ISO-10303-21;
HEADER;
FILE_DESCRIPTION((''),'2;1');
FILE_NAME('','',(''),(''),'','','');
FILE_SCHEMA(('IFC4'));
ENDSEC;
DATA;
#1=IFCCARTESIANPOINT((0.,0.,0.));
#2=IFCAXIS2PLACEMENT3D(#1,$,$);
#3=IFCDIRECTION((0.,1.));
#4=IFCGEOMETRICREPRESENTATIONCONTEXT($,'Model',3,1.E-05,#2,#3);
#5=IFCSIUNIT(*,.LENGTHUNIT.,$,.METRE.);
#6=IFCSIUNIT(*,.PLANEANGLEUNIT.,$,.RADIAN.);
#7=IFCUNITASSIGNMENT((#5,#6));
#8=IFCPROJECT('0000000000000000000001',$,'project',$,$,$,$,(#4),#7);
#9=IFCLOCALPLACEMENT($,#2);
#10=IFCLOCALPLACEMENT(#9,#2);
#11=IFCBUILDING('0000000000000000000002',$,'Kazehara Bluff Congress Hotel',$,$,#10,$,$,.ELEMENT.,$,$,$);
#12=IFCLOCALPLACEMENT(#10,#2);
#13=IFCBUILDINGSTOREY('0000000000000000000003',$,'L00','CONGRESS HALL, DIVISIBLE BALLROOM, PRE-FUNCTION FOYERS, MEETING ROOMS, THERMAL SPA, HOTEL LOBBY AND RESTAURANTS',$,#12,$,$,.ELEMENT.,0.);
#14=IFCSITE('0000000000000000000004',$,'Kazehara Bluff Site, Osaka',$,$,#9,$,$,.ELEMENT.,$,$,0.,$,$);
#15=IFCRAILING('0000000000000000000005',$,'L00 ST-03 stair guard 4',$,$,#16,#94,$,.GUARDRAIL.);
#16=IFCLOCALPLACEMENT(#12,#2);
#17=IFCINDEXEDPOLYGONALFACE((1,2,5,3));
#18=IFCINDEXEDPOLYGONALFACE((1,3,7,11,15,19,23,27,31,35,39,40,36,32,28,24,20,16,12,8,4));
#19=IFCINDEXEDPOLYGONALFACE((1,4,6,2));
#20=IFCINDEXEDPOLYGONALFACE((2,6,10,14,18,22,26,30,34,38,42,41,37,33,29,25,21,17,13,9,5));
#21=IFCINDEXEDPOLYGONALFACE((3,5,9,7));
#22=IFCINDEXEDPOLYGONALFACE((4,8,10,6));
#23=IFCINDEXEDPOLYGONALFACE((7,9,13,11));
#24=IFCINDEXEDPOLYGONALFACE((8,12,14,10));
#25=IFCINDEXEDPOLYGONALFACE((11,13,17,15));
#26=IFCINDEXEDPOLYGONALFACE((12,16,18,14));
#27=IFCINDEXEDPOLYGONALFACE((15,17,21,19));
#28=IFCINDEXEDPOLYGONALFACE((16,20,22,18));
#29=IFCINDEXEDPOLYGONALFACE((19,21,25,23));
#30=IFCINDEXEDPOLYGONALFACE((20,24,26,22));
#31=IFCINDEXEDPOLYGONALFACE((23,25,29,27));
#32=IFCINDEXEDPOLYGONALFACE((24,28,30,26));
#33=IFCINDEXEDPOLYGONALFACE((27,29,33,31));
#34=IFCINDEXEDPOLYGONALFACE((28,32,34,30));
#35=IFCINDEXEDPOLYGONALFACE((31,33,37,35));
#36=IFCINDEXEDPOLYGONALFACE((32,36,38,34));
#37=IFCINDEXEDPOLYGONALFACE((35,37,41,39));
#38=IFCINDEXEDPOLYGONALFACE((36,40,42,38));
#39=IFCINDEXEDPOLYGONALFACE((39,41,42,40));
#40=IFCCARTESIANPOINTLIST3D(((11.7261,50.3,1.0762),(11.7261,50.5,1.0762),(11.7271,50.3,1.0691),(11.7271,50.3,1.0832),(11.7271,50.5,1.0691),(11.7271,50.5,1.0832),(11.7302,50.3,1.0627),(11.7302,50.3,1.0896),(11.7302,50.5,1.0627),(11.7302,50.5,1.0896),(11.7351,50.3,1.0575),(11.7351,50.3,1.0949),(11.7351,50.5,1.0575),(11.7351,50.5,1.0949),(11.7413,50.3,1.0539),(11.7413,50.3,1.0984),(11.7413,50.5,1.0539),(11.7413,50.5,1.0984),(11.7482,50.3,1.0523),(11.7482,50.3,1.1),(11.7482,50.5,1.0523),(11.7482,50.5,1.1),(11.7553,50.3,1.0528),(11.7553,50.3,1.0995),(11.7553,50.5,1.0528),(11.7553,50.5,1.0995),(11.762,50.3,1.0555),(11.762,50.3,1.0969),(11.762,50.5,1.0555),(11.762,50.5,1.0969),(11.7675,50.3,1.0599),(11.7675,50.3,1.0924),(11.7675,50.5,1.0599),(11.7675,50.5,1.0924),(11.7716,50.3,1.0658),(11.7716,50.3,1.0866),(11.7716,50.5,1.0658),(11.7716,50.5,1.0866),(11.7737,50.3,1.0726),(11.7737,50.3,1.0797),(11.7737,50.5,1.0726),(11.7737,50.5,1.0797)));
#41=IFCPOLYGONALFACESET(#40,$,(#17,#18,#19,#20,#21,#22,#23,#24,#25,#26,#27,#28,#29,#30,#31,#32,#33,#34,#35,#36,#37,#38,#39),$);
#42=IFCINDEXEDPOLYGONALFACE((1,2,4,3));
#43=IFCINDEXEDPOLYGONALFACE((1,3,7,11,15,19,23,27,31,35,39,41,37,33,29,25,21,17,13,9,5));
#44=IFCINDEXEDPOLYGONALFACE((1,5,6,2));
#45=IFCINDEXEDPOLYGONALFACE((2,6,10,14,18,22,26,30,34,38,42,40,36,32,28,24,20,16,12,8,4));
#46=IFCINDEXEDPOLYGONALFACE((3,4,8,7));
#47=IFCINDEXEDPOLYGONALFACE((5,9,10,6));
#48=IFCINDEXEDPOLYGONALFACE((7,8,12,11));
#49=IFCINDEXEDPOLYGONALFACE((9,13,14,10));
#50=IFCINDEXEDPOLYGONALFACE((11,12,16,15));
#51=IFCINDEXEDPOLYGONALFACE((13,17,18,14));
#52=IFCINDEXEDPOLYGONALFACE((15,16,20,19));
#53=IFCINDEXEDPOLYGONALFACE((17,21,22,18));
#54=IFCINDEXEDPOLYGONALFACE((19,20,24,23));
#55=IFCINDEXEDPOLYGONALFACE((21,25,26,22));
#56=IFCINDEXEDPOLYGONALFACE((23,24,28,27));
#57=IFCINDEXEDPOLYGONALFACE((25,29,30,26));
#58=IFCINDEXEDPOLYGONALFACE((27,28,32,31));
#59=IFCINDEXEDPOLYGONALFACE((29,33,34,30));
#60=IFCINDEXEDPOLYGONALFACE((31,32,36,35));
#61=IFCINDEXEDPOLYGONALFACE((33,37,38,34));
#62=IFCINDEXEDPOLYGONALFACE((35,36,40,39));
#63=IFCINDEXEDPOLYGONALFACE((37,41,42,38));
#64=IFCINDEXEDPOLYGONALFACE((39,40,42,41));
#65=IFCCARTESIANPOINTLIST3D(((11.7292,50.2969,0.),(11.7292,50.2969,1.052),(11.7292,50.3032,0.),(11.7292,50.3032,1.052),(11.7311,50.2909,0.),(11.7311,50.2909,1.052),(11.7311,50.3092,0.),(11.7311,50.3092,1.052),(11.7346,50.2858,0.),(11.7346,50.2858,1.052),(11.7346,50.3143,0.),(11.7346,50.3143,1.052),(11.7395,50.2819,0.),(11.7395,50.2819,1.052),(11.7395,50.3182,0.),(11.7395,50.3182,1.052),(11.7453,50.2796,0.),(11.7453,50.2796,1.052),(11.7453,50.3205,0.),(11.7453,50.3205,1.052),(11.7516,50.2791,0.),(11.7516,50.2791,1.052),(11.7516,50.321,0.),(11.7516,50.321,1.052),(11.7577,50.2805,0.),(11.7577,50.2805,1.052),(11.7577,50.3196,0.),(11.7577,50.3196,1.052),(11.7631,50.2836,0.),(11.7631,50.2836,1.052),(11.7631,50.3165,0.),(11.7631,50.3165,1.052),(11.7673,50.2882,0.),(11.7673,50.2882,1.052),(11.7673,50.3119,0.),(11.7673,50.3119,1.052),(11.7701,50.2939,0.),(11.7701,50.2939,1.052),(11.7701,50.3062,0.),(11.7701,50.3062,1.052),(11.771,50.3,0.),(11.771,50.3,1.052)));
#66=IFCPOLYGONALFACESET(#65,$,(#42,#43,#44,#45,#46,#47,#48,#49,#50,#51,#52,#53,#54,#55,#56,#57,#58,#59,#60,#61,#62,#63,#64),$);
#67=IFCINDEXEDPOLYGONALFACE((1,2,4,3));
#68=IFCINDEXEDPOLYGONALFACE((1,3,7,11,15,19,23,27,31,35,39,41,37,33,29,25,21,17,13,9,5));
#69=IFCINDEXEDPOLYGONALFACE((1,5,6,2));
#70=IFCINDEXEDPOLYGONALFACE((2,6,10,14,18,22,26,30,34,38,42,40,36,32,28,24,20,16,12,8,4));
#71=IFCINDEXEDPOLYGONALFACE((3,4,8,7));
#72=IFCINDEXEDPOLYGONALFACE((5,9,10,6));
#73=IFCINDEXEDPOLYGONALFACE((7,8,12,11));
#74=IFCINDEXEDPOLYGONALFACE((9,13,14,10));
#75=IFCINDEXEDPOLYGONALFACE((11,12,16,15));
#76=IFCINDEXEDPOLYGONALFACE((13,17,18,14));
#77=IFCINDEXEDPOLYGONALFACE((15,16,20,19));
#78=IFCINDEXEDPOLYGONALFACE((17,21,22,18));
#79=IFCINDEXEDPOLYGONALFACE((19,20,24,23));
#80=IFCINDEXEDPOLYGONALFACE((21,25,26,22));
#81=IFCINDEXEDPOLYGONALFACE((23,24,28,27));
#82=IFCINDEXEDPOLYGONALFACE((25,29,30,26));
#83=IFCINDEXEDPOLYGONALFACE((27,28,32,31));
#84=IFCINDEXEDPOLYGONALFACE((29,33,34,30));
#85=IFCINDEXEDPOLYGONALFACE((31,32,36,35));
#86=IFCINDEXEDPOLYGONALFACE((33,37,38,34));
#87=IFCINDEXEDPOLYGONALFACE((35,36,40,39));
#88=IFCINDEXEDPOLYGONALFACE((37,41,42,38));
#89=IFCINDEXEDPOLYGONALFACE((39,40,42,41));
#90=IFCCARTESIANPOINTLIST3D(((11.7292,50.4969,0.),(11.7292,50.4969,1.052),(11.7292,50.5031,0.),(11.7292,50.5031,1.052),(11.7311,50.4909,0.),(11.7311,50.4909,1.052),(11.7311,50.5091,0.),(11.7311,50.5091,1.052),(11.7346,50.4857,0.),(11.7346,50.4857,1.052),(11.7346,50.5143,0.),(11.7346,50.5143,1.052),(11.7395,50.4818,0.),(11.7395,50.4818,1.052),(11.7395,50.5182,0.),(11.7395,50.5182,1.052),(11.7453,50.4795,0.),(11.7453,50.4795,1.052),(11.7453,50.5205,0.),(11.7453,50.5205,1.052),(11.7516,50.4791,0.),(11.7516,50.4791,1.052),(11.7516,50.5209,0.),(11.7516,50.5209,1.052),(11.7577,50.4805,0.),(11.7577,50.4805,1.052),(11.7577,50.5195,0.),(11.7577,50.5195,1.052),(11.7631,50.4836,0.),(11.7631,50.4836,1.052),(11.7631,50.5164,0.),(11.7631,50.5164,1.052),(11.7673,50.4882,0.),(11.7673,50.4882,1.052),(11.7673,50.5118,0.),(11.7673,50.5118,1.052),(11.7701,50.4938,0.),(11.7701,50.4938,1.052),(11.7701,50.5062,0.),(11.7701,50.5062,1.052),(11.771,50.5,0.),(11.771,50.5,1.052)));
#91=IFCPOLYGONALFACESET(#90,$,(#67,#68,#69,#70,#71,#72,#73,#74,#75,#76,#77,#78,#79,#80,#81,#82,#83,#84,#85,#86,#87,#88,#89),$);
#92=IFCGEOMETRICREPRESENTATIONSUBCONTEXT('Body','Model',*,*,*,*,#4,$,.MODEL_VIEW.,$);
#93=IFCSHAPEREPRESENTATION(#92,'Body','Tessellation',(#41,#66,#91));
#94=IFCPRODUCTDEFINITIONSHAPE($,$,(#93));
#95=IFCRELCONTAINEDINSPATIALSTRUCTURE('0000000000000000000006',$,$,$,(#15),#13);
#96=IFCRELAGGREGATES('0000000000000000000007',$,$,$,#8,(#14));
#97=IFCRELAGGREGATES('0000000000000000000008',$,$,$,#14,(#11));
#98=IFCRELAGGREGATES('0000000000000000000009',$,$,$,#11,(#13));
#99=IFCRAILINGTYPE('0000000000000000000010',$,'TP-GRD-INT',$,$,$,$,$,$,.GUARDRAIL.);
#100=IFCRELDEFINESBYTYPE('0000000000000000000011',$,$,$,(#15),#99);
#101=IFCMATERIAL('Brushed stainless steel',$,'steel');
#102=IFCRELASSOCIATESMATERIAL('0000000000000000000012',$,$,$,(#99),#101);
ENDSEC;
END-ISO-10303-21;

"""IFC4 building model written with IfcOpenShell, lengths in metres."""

from ifc_helpers import new_model, si_unit, direction, frame, origin, origin_2d, place, context, subcontext, project, spatial, circle, extrude, material, type_object, element, save


model = new_model("IFC4")

# Units and contexts
model_context = context("Model", 3, precision=1e-05, world=origin(), true_north=direction((0.0, 1.0)))
body_context = subcontext(model_context, "Body", "Model", "MODEL_VIEW")
ifc_project = project(units=[si_unit("LENGTHUNIT", "METRE"), si_unit("PLANEANGLEUNIT", "RADIAN")], contexts=[model_context])

# Site, building, storey
site_placement = place(None, origin())
site = spatial("IfcSite", under=ifc_project, at=site_placement, Name="Kazehara Bluff Site, Osaka", CompositionType="ELEMENT", RefElevation=0.0)
building_placement = place(site_placement, origin())
building = spatial("IfcBuilding", under=site, at=building_placement, Name="Kazehara Bluff Congress Hotel", CompositionType="ELEMENT")
storey_placement = place(building_placement, origin())
storey = spatial("IfcBuildingStorey", under=building, at=storey_placement, Name="L00", Description="CONGRESS HALL, DIVISIBLE BALLROOM, PRE-FUNCTION FOYERS, MEETING ROOMS, THERMAL SPA, HOTEL LOBBY AND RESTAURANTS", CompositionType="ELEMENT", Elevation=0.0)

# Railing
ifc_material_1 = material(Name="Brushed stainless steel", Category="steel")
railing_type_1 = type_object("IfcRailingType", Name="TP-GRD-INT", PredefinedType="GUARDRAIL", material=ifc_material_1)
railing_1_placement = place(storey_placement, frame((11.75, 50.3, 0.0)))
element("IfcRailing", 1, at=railing_1_placement, inside=storey, type_object=railing_type_1, Name="L00 ST-03 stair guard 4", PredefinedType="GUARDRAIL", context=body_context, shape_type="SweptSolid", body=[
    extrude(circle(Radius=0.0239, at=origin_2d()), frame((0.0, 0.0, 1.0762), z_axis=(0.0, 1.0, 0.0), x_axis=(-1.0, 0.0, 0.0)), (0.0, 0.0, 1.0), 0.2),
    extrude(circle(Radius=0.021, at=origin_2d()), origin(), (0.0, 0.0, 1.0), 1.052),
    extrude(circle(Radius=0.021, at=origin_2d()), frame((0.0, 0.2, 0.0)), (0.0, 0.0, 1.0), 1.052),
])

save(model, "model.ifc")
